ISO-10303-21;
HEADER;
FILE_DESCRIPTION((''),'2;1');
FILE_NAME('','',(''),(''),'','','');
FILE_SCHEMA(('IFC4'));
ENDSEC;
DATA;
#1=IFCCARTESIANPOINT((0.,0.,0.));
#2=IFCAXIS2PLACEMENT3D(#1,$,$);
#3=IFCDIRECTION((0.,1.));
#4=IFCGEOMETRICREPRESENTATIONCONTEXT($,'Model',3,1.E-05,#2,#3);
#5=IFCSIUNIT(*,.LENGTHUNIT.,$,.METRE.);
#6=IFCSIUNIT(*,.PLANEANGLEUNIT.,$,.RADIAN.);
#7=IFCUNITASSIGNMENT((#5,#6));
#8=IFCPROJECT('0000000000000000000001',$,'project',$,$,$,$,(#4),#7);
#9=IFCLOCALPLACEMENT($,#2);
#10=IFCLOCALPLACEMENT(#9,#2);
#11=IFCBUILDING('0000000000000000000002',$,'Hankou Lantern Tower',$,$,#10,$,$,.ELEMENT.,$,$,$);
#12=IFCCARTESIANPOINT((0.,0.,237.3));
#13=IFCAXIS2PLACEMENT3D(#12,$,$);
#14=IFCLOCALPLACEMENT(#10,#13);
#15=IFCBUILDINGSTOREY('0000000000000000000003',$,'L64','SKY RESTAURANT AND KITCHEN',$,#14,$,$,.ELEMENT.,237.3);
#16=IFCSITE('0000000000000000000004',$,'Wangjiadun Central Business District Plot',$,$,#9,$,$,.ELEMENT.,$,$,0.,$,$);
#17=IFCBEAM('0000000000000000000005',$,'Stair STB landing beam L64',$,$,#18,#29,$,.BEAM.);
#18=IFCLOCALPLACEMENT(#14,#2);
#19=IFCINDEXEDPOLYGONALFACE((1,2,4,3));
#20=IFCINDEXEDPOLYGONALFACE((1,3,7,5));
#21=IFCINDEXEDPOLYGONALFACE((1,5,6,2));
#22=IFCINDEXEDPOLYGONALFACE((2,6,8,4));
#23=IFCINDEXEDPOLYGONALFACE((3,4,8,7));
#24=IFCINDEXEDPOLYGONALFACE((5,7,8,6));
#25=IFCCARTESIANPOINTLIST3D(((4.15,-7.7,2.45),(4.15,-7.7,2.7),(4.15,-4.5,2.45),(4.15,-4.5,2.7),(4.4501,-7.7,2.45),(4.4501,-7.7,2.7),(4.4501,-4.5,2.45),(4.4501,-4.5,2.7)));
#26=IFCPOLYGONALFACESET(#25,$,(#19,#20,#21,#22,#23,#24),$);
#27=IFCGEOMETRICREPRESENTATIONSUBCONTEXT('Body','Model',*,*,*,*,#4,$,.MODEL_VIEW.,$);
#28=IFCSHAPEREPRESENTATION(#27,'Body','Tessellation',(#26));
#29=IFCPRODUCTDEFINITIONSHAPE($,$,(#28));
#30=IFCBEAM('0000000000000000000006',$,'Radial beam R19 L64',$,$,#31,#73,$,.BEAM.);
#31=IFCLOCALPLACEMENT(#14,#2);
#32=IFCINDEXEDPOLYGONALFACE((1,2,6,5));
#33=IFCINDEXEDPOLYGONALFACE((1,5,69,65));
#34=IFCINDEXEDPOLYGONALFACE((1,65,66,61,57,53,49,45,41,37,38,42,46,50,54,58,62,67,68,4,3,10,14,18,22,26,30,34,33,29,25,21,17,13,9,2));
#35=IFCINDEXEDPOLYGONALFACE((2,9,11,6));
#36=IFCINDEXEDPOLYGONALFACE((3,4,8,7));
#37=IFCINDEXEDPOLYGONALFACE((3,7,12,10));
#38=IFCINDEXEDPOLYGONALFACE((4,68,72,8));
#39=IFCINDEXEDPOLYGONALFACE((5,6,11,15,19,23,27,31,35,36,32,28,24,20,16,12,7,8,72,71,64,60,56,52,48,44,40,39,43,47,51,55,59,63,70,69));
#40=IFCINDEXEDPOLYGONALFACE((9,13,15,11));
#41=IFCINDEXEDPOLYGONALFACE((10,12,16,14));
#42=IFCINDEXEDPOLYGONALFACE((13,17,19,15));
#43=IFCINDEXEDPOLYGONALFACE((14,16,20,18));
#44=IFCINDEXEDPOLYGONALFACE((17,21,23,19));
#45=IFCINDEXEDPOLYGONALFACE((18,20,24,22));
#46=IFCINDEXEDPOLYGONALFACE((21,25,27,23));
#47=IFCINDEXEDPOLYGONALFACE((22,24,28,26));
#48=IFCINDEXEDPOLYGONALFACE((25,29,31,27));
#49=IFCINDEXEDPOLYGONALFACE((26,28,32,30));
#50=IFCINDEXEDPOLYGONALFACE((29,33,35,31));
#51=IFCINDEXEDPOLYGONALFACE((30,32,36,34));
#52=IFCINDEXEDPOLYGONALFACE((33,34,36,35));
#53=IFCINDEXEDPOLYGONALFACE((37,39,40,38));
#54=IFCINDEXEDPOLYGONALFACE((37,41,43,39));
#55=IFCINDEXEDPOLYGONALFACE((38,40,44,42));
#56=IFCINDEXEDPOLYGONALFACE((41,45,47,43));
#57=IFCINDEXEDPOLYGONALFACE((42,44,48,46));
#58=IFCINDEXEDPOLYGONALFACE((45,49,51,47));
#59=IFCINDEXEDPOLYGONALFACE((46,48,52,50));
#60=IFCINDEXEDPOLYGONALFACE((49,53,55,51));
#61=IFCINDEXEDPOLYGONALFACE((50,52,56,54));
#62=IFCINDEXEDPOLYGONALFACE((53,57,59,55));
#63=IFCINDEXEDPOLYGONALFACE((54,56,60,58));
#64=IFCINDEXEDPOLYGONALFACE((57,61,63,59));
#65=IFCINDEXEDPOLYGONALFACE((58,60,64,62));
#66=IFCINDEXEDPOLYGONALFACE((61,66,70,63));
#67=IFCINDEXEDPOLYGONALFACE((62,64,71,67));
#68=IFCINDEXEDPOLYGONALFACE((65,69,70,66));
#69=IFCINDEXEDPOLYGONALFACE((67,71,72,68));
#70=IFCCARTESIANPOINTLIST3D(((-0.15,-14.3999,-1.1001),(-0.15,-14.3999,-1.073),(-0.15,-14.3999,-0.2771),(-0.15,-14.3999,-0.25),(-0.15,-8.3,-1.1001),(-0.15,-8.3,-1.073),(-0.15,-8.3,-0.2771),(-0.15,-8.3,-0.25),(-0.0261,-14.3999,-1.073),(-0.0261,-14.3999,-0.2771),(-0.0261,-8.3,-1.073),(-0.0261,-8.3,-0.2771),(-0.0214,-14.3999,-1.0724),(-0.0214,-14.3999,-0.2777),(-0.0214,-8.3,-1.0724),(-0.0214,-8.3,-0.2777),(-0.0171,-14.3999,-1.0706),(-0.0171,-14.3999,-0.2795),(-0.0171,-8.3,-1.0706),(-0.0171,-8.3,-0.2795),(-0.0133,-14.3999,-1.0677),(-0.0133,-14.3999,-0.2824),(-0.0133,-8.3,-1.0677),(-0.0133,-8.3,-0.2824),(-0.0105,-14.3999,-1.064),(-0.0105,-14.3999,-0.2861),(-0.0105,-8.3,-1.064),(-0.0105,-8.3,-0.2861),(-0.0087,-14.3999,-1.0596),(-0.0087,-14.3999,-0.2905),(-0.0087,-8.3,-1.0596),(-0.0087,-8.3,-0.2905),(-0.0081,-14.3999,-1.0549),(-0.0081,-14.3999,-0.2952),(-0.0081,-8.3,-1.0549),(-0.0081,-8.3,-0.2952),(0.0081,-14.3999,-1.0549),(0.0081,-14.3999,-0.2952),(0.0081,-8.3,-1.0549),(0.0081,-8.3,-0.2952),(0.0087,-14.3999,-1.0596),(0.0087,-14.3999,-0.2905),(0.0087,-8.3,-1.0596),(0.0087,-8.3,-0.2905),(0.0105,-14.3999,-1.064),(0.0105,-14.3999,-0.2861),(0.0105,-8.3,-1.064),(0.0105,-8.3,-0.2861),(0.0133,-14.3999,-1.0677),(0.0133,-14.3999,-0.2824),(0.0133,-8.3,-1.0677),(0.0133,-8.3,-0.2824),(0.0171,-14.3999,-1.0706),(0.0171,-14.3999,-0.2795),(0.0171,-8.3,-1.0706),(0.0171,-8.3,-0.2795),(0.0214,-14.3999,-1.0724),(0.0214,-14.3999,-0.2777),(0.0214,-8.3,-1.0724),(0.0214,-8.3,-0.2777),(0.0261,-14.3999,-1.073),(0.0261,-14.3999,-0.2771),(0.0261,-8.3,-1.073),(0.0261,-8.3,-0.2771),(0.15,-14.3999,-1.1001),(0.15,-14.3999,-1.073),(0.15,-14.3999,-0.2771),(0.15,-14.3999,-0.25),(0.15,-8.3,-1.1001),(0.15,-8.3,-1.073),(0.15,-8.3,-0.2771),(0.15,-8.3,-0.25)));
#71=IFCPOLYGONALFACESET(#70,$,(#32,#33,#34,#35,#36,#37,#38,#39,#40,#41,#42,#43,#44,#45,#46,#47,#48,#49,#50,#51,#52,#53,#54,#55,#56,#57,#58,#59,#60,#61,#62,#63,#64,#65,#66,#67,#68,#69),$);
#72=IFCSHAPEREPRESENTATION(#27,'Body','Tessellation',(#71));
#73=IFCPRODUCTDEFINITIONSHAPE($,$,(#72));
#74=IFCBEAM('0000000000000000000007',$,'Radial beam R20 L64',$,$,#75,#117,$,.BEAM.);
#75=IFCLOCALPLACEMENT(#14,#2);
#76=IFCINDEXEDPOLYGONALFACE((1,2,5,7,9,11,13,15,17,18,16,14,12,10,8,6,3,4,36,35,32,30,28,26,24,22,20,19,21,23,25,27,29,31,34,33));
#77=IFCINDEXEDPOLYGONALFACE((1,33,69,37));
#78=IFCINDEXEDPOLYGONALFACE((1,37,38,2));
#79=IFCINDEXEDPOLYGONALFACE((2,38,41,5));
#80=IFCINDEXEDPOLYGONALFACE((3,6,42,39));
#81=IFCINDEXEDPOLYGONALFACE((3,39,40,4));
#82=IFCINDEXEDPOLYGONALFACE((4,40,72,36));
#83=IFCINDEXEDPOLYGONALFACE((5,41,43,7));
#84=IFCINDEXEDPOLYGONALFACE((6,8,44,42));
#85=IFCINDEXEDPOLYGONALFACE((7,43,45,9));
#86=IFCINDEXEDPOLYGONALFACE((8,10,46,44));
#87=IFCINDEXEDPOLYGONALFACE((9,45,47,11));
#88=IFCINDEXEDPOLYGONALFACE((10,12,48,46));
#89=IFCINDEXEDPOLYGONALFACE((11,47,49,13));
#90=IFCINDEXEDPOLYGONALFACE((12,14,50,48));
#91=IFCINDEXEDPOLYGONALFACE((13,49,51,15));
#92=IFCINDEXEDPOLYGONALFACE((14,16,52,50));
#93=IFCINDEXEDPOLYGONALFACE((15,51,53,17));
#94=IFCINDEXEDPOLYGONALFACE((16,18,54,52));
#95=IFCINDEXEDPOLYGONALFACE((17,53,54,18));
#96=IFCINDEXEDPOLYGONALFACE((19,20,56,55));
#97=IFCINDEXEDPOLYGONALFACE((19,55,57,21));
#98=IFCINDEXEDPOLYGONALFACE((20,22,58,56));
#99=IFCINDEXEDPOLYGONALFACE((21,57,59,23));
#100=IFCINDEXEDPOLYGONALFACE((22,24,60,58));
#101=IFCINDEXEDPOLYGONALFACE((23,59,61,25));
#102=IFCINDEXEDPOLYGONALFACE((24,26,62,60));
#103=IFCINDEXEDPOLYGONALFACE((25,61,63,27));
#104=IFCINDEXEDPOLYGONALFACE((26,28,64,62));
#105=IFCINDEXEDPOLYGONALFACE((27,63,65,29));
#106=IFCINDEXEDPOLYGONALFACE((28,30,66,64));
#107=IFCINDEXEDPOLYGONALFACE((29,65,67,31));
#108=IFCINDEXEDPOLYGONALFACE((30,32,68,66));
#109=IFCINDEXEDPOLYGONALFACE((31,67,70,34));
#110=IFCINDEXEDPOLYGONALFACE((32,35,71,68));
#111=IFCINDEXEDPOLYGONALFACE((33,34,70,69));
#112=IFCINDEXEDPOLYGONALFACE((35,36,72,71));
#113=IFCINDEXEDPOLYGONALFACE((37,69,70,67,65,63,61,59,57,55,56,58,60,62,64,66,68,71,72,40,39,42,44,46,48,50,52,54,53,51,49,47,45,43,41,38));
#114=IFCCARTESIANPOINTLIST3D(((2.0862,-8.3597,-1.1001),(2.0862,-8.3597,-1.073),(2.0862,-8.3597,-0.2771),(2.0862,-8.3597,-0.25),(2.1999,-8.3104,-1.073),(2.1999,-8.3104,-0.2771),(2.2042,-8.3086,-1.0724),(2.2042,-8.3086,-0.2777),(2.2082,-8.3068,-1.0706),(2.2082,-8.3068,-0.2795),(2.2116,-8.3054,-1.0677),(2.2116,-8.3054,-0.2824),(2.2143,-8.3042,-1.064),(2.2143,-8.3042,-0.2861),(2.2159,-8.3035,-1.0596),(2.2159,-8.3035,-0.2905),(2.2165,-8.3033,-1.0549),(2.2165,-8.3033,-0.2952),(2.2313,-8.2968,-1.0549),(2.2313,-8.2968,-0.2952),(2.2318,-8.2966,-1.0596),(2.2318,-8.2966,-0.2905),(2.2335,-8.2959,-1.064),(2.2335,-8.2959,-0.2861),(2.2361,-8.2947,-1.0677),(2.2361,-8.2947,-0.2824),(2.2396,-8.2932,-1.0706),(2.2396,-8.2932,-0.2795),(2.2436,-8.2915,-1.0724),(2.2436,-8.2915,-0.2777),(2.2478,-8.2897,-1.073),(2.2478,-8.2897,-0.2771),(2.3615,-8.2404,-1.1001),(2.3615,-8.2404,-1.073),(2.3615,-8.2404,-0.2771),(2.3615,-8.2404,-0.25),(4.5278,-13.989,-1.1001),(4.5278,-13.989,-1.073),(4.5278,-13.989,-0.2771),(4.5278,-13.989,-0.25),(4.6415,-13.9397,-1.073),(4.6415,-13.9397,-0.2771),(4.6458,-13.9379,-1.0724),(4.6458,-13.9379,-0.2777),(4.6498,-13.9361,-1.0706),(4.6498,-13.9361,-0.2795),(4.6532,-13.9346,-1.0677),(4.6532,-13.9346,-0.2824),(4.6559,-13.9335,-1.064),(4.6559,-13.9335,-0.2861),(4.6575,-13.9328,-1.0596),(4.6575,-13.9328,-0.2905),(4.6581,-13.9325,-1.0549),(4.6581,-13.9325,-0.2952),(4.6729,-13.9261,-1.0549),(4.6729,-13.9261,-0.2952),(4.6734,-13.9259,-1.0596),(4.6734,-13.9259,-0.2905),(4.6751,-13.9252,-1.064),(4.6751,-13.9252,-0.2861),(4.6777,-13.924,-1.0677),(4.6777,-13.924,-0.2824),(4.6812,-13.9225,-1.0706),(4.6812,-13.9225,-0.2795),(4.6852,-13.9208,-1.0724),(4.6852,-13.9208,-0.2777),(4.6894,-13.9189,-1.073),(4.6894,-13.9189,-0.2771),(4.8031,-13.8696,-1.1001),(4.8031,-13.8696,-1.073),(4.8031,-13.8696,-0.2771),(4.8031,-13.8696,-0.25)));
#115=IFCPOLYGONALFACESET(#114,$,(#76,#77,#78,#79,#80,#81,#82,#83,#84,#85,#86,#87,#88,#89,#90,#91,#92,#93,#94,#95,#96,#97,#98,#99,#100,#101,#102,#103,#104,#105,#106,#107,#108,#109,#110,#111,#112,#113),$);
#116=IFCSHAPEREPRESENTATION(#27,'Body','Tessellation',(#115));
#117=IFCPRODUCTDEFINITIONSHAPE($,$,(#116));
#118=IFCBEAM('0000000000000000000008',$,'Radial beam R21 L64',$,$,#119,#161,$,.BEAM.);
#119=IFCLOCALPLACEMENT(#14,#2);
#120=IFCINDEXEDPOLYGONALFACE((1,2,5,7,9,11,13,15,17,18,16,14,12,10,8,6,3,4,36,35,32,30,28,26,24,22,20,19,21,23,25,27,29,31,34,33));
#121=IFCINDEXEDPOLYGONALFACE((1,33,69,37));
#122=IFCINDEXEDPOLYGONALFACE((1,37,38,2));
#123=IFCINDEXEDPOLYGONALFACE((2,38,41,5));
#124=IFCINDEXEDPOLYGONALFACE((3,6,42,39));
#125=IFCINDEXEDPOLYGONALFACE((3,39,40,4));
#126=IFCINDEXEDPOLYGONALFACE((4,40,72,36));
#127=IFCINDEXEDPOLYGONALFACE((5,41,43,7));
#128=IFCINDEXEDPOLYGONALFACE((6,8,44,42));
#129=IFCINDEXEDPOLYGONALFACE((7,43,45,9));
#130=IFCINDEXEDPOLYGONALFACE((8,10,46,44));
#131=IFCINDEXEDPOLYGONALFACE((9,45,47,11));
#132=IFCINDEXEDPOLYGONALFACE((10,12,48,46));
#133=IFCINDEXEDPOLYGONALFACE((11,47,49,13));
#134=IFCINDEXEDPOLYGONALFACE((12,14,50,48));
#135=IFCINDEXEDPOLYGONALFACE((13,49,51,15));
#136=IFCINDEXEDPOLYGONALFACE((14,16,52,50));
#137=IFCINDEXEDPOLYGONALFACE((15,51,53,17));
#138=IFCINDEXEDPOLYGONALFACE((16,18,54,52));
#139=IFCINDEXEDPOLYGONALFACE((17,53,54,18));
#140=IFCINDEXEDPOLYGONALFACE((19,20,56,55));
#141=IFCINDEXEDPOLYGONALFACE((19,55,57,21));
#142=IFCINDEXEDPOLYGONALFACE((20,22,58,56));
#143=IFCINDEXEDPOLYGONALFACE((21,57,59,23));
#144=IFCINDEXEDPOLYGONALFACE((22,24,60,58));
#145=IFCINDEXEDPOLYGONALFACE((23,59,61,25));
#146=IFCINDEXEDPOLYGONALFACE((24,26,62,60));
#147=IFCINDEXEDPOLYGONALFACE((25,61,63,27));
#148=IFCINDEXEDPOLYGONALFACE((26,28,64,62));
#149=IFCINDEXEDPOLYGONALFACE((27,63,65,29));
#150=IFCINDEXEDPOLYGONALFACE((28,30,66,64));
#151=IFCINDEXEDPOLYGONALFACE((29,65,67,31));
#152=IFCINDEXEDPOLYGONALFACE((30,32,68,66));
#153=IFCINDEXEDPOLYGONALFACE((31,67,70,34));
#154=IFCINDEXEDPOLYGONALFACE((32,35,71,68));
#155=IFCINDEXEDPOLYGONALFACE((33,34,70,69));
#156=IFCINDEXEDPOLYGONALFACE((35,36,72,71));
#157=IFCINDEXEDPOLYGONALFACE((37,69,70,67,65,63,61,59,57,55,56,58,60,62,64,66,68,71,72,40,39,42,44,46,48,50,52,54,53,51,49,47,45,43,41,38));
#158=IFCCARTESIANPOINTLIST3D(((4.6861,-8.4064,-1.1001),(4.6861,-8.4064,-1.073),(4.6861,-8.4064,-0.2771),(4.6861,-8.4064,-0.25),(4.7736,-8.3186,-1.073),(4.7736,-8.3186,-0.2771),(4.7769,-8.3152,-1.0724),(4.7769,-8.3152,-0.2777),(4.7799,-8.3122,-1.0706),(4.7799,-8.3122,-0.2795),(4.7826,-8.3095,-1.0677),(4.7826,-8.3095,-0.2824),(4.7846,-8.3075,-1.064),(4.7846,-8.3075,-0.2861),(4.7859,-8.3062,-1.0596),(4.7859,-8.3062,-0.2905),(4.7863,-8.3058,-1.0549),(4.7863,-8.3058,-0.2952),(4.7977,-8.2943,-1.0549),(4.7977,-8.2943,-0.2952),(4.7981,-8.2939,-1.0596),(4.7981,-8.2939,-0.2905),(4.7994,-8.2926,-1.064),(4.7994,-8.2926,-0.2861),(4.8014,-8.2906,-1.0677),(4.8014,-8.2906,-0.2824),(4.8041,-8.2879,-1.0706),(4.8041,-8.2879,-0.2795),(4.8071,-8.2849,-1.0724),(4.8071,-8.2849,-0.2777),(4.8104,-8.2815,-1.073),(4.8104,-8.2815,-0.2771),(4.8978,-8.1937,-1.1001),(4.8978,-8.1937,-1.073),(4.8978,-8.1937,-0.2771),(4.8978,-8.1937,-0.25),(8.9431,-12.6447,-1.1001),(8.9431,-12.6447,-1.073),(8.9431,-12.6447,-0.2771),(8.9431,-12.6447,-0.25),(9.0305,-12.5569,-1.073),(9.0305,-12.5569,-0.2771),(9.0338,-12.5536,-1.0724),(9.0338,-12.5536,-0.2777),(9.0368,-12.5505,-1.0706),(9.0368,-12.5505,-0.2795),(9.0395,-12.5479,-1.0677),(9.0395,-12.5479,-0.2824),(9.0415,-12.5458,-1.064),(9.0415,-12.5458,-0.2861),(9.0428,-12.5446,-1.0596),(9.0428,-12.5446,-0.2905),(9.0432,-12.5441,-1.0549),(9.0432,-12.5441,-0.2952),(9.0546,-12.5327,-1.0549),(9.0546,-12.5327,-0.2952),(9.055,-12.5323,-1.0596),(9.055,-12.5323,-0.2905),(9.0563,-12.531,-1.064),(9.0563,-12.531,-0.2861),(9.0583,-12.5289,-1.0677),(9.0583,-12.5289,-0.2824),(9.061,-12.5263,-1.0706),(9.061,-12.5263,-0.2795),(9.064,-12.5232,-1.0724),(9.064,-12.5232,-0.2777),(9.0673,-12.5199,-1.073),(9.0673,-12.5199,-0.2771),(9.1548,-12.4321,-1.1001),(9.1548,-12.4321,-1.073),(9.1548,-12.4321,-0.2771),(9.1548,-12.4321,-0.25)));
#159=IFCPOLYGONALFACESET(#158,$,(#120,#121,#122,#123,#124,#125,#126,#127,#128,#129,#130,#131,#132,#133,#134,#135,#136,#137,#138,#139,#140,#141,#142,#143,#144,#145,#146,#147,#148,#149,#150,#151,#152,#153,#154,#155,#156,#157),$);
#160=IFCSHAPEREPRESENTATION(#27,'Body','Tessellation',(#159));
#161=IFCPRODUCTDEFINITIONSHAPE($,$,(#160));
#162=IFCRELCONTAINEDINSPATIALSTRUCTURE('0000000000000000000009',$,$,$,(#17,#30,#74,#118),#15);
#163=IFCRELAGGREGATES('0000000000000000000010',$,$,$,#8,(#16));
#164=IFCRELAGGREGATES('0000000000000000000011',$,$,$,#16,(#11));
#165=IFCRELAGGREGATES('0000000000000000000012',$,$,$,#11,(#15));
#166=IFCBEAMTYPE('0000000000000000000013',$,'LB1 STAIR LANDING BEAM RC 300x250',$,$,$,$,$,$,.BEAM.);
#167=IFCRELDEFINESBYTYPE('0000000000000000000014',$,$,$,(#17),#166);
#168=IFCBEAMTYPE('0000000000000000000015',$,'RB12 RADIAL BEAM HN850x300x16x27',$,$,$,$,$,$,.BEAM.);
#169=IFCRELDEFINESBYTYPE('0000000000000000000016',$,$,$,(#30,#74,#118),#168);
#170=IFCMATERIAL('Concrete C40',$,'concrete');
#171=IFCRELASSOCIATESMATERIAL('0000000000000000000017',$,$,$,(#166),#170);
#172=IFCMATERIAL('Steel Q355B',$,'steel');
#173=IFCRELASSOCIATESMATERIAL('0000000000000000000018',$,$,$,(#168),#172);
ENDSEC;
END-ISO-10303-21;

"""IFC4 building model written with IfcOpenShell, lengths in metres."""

from ifc_helpers import new_model, si_unit, direction, frame, origin, origin_2d, place, context, subcontext, project, spatial, rectangle, i_section, extrude, material, material_profile, profile_set, type_object, element, save


model = new_model("IFC4")

# Units and contexts
model_context = context("Model", 3, precision=1e-05, world=origin(), true_north=direction((0.0, 1.0)))
body_context = subcontext(model_context, "Body", "Model", "MODEL_VIEW")
ifc_project = project(units=[si_unit("LENGTHUNIT", "METRE"), si_unit("PLANEANGLEUNIT", "RADIAN")], contexts=[model_context])

# Site, building, storey
site_placement = place(None, origin())
site = spatial("IfcSite", under=ifc_project, at=site_placement, Name="Wangjiadun Central Business District Plot", CompositionType="ELEMENT", RefElevation=0.0)
building_placement = place(site_placement, origin())
building = spatial("IfcBuilding", under=site, at=building_placement, Name="Hankou Lantern Tower", CompositionType="ELEMENT")
storey_placement = place(building_placement, frame((0.0, 0.0, 237.3)))
storey = spatial("IfcBuildingStorey", under=building, at=storey_placement, Name="L64", Description="SKY RESTAURANT AND KITCHEN", CompositionType="ELEMENT", Elevation=237.3)

# Beams
ifc_material_1 = material(Name="Concrete C40", Category="concrete")
ifc_material_profile_1 = material_profile(ifc_material_1, rectangle(XDim=0.3, YDim=0.25, at=origin_2d()), Name="RC 300x250")
ifc_profile_set_1 = profile_set([ifc_material_profile_1], Name="Concrete C40")
beam_type_1 = type_object("IfcBeamType", Name="LB1 STAIR LANDING BEAM RC 300x250", PredefinedType="BEAM", material=ifc_profile_set_1)
beam_1_placement = place(storey_placement, frame((4.3, -4.5, 2.575), z_axis=(0.0, -1.0, 0.0), x_axis=(1.0, 0.0, 0.0)))
element("IfcBeam", 1, at=beam_1_placement, inside=storey, type_object=beam_type_1, Name="Stair STB landing beam L64", PredefinedType="BEAM", context=body_context, shape_type="SweptSolid", body=[
    extrude(rectangle(XDim=0.3, YDim=0.25, at=origin_2d()), origin(), (0.0, 0.0, 1.0), 3.2),
])
ifc_material_2 = material(Name="Steel Q355B", Category="steel")
ifc_material_profile_2 = material_profile(ifc_material_2, i_section(OverallWidth=0.3, OverallDepth=0.8501, WebThickness=0.0161, FlangeThickness=0.0271, FilletRadius=0.0181, at=origin_2d()), Name="HN850x300x16x27")
ifc_profile_set_2 = profile_set([ifc_material_profile_2], Name="Steel Q355B")
beam_type_2 = type_object("IfcBeamType", Name="RB12 RADIAL BEAM HN850x300x16x27", PredefinedType="BEAM", material=ifc_profile_set_2)
beam_2_placement = place(storey_placement, frame((0.0, -8.3, -0.675), z_axis=(0.0, -1.0, 0.0), x_axis=(1.0, 0.0, 0.0)))
element("IfcBeam", 2, at=beam_2_placement, inside=storey, type_object=beam_type_2, Name="Radial beam R19 L64", PredefinedType="BEAM", context=body_context, shape_type="SweptSolid", body=[
    extrude(i_section(OverallWidth=0.3, OverallDepth=0.8501, WebThickness=0.0161, FlangeThickness=0.0271, FilletRadius=0.0181, at=origin_2d()), origin(), (0.0, 0.0, 1.0), 6.0999),
])
beam_3_placement = place(storey_placement, frame((2.2239, -8.3, -0.675), z_axis=(0.397916, -0.917422, 0.0), x_axis=(0.917422, 0.397916, 0.0)))
element("IfcBeam", 3, at=beam_3_placement, inside=storey, type_object=beam_type_2, Name="Radial beam R20 L64", PredefinedType="BEAM", context=body_context, shape_type="SweptSolid", body=[
    extrude(i_section(OverallWidth=0.3, OverallDepth=0.8501, WebThickness=0.0161, FlangeThickness=0.0271, FilletRadius=0.0181, at=origin_2d()), origin(), (0.0, 0.0, 1.0), 6.136),
])
beam_4_placement = place(storey_placement, frame((4.792, -8.3, -0.675), z_axis=(0.70865, -0.705561, 0.0), x_axis=(0.705561, 0.70865, 0.0)))
element("IfcBeam", 4, at=beam_4_placement, inside=storey, type_object=beam_type_2, Name="Radial beam R21 L64", PredefinedType="BEAM", context=body_context, shape_type="SweptSolid", body=[
    extrude(i_section(OverallWidth=0.3, OverallDepth=0.8501, WebThickness=0.0161, FlangeThickness=0.0271, FilletRadius=0.0181, at=origin_2d()), origin(), (0.0, 0.0, 1.0), 6.0071),
])

save(model, "model.ifc")
